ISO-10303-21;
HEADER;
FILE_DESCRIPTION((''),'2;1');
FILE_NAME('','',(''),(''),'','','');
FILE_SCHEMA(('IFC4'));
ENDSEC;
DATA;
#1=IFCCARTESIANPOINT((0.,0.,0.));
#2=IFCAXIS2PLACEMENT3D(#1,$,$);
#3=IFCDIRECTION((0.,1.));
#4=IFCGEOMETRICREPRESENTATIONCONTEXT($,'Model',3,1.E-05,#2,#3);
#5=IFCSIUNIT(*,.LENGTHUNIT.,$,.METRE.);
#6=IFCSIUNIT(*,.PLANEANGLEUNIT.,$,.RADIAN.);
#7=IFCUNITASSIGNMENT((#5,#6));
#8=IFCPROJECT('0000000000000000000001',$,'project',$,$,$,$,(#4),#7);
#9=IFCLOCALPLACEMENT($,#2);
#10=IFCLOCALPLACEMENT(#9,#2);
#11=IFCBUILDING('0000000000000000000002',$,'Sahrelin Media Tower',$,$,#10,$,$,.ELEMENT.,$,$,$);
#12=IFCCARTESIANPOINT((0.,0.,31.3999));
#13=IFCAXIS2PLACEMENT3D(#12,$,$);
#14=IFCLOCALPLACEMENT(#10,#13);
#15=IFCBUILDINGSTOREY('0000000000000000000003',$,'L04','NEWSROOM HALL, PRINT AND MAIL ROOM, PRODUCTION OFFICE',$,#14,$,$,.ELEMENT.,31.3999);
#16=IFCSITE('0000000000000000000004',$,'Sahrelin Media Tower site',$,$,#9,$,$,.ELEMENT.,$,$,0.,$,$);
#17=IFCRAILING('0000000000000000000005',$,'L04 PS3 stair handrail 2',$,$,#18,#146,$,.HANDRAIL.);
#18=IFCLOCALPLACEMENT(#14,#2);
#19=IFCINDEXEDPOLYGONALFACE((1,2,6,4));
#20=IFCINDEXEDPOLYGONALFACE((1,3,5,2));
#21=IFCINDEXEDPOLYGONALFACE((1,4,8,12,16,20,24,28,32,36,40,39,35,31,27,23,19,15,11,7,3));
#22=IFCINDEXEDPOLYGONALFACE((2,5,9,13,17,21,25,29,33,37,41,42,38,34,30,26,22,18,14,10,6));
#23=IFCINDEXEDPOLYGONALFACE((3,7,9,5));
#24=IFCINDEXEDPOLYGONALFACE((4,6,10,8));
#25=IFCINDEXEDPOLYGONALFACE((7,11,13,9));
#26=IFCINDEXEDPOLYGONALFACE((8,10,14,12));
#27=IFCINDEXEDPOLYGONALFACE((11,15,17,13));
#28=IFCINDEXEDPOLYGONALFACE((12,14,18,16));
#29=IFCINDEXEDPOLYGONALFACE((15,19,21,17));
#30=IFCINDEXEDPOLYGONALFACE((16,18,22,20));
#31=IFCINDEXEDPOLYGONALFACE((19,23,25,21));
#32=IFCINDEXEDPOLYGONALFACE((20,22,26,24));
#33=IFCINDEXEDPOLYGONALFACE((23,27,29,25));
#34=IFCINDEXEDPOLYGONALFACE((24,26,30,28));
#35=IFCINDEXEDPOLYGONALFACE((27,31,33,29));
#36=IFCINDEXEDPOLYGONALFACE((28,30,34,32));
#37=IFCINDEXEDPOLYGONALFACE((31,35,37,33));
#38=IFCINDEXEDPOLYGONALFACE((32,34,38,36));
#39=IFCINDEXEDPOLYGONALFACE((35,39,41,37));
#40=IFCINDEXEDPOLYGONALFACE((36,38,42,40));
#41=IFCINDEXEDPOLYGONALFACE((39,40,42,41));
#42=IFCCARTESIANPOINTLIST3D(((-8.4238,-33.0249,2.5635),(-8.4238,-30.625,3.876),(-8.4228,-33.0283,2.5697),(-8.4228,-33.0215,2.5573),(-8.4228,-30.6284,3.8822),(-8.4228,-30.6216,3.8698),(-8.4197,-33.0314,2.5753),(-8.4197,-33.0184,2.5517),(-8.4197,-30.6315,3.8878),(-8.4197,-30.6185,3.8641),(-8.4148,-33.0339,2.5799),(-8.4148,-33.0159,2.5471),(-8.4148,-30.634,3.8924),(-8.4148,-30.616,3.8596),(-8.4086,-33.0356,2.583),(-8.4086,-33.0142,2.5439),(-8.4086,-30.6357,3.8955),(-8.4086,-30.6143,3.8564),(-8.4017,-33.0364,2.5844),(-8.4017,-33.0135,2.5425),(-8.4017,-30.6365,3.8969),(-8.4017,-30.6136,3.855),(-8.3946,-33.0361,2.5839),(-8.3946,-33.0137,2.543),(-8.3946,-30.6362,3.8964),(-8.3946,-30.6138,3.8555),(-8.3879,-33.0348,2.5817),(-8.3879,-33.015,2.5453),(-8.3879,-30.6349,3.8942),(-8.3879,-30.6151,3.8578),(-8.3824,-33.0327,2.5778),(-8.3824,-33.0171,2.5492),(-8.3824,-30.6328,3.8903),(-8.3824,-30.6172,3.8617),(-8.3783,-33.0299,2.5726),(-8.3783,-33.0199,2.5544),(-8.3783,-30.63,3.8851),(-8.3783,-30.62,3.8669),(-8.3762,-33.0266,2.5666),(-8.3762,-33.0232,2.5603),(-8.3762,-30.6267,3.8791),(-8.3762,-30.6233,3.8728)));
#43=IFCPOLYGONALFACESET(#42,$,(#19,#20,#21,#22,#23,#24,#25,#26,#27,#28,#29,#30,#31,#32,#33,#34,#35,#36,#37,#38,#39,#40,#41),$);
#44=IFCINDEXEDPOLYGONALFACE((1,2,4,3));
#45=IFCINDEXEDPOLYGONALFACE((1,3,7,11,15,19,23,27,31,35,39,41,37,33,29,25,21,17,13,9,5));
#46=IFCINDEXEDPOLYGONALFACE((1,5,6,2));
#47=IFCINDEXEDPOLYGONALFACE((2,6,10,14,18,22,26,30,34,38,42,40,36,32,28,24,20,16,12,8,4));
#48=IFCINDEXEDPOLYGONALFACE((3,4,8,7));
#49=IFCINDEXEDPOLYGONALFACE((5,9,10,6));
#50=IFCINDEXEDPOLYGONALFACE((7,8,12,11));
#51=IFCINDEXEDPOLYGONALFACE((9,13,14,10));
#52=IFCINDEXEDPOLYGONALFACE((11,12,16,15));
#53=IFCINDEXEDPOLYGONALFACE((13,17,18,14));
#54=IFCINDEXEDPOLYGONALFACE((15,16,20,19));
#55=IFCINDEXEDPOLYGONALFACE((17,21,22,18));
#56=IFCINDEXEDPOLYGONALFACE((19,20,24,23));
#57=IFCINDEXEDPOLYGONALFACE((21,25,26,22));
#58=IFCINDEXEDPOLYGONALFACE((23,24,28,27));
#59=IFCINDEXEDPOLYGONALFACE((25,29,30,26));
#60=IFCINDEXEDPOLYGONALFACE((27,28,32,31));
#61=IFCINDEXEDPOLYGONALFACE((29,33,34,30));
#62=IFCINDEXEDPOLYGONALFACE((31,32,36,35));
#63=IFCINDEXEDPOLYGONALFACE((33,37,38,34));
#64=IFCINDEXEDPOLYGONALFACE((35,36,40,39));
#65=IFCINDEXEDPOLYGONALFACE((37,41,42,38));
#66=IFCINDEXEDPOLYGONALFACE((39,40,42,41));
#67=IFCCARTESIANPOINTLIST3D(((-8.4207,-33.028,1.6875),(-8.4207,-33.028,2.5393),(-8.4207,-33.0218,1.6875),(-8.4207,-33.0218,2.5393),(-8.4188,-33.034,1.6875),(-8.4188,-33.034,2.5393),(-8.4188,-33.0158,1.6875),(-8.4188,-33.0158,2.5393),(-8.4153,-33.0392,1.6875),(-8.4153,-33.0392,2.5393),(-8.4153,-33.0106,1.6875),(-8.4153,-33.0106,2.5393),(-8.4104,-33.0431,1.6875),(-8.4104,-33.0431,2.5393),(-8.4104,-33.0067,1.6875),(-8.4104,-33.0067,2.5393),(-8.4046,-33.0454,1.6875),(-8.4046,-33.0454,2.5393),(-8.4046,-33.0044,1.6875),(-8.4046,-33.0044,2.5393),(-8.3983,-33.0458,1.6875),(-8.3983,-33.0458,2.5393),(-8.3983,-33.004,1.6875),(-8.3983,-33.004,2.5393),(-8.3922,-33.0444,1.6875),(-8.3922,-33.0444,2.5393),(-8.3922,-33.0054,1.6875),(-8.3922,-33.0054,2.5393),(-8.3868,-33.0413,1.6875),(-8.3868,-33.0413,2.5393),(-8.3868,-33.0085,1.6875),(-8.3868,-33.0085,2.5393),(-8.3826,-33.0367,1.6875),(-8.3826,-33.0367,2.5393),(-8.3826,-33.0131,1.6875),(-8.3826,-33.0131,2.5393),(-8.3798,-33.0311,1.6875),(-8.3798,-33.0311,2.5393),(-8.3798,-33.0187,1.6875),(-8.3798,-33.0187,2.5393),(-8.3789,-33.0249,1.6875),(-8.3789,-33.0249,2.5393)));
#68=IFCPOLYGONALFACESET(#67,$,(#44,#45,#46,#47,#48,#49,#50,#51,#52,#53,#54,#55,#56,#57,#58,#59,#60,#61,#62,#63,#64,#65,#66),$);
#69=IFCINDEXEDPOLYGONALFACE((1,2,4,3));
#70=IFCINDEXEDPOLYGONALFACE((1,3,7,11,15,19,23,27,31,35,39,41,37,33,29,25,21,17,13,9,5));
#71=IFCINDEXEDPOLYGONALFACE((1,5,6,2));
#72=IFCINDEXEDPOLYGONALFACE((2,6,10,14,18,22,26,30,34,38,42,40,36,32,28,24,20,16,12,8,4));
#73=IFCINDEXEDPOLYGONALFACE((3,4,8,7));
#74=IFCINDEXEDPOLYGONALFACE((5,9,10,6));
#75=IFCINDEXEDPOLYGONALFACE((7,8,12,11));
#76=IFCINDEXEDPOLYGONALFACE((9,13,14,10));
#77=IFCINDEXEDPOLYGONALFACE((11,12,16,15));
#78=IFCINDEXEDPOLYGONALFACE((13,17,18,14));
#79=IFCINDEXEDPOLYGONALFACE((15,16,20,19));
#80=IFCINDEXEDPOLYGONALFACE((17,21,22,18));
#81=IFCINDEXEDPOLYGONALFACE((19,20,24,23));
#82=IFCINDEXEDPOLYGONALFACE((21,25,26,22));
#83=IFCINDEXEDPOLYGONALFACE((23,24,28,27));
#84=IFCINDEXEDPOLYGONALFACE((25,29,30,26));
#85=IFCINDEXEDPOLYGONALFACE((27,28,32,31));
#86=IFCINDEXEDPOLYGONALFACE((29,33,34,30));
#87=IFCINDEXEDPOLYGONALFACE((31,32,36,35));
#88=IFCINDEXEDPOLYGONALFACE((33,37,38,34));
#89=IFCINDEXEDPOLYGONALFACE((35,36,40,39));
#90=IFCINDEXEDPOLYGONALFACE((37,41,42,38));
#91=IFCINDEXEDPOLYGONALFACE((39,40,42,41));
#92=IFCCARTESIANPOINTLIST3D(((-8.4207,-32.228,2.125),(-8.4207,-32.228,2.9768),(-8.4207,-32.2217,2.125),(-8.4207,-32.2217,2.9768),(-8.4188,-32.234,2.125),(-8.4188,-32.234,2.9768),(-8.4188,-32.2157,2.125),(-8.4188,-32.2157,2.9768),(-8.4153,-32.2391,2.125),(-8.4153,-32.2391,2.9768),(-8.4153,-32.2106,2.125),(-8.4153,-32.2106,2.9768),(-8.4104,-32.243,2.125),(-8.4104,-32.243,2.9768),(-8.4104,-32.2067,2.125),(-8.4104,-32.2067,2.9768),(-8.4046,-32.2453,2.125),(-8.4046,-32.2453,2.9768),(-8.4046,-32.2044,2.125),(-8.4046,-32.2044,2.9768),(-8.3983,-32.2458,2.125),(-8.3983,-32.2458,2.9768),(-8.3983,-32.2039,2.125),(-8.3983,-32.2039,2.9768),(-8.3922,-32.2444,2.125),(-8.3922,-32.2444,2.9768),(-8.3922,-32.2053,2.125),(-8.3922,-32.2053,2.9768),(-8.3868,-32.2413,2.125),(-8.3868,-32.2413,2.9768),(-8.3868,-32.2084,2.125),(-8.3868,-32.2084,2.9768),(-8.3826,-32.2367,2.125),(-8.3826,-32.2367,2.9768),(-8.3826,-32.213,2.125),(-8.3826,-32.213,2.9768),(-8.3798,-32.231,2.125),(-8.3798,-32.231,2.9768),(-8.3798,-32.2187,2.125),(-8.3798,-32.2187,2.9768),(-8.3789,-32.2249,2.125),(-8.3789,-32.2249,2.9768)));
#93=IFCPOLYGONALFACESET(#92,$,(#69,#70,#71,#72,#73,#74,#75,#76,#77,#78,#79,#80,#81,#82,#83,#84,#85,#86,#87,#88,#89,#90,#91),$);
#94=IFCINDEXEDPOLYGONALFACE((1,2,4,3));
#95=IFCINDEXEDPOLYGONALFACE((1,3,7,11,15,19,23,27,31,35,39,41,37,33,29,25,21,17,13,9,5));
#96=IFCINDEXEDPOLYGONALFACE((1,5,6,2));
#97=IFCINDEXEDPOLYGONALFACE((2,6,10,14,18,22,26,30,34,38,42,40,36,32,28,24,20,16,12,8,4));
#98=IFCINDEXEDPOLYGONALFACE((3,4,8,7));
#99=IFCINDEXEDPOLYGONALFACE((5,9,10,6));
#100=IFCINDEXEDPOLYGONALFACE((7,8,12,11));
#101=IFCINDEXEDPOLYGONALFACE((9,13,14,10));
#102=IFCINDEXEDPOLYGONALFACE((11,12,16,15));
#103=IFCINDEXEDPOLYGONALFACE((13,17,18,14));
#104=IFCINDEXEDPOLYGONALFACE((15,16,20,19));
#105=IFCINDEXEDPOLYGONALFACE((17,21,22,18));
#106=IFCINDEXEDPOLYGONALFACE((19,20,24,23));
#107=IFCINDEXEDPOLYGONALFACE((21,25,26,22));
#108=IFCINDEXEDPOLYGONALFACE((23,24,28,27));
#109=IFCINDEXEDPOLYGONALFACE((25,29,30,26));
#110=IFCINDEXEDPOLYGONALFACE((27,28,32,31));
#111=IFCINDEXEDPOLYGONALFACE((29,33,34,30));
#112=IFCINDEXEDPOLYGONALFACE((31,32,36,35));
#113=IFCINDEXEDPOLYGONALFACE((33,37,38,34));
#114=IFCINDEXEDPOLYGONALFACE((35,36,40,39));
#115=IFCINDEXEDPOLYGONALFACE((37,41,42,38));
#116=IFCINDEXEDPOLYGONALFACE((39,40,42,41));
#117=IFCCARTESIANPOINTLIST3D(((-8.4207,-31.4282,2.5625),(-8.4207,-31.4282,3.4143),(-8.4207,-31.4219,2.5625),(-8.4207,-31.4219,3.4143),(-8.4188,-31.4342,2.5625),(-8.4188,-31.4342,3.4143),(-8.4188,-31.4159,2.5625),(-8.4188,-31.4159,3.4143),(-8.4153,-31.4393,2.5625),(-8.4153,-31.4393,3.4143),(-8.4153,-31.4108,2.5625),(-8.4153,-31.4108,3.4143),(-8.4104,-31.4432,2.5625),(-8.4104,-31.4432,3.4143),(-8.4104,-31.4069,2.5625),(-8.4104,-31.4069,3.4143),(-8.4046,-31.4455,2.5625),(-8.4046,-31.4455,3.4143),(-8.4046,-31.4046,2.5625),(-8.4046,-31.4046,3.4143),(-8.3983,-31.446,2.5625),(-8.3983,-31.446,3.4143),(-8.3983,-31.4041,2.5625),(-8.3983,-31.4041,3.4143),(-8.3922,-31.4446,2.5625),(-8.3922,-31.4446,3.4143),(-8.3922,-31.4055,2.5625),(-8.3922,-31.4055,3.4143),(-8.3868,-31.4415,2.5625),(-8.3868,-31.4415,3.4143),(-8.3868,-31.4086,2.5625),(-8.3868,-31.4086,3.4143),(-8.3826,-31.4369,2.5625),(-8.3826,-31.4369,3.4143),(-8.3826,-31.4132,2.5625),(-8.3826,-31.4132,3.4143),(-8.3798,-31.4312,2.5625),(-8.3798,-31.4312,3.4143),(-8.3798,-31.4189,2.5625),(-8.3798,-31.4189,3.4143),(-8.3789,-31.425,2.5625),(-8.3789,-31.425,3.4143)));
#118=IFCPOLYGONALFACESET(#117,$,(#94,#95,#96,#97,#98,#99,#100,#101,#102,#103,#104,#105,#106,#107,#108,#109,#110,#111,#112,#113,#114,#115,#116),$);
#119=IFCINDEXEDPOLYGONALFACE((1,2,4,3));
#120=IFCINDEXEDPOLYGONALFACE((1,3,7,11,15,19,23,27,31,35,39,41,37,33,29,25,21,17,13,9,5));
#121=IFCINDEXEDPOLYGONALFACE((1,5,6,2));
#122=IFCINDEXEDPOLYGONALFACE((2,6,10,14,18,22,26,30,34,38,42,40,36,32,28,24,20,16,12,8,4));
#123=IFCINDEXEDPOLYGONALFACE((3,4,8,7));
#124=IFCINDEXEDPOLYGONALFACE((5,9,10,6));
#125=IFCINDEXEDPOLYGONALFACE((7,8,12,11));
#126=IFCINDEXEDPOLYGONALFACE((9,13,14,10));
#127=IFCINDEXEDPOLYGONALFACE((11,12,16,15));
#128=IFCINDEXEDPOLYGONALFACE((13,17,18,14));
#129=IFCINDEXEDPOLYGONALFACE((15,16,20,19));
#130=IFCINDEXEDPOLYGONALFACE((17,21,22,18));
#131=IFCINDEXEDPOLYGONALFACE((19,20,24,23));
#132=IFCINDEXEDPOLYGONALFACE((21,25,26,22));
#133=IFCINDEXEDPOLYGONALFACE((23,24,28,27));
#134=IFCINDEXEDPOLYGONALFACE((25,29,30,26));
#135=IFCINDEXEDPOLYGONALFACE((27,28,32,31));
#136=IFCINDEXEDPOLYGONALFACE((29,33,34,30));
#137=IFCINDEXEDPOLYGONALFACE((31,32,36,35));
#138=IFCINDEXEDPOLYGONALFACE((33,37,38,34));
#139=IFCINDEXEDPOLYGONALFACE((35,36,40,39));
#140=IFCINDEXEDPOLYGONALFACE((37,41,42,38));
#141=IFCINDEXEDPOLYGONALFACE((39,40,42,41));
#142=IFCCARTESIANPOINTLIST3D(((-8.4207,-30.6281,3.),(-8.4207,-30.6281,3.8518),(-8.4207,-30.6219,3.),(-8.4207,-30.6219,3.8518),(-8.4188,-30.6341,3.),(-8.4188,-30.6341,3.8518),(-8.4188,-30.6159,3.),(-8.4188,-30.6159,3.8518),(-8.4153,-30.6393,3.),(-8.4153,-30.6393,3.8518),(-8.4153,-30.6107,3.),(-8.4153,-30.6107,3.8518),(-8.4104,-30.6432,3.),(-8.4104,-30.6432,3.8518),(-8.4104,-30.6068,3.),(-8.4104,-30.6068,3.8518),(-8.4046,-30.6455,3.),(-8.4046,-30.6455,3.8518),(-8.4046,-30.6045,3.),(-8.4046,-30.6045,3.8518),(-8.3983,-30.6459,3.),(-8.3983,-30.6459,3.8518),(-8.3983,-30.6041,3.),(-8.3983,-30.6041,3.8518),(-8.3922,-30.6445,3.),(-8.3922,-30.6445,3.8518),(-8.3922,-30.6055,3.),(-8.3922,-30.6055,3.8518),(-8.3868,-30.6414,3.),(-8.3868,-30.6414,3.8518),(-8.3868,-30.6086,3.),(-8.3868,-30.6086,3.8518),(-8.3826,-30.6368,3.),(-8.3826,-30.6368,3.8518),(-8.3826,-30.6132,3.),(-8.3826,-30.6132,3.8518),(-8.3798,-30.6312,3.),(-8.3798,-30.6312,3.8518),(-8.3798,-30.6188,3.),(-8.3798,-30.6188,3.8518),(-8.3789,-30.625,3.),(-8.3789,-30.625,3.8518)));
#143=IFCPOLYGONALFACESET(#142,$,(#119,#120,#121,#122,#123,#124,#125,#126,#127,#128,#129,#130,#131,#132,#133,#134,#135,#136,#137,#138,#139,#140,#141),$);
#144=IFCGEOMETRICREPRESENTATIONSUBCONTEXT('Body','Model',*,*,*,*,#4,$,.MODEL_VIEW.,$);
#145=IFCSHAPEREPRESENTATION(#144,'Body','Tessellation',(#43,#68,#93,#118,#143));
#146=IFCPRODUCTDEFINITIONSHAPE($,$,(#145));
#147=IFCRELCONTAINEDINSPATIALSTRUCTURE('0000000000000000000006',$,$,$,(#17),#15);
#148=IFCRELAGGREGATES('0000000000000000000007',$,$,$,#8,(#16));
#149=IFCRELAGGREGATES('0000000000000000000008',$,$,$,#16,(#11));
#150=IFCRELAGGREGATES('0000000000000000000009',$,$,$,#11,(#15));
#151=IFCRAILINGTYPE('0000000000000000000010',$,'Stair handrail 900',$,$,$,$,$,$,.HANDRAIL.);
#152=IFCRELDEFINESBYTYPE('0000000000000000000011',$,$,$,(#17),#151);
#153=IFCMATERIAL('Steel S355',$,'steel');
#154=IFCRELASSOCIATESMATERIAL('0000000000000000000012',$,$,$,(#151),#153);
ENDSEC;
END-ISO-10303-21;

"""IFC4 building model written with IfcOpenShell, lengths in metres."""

from ifc_helpers import new_model, si_unit, direction, frame, origin, origin_2d, place, context, subcontext, project, spatial, circle, extrude, material, type_object, element, save


model = new_model("IFC4")

# Units and contexts
model_context = context("Model", 3, precision=1e-05, world=origin(), true_north=direction((0.0, 1.0)))
body_context = subcontext(model_context, "Body", "Model", "MODEL_VIEW")
ifc_project = project(units=[si_unit("LENGTHUNIT", "METRE"), si_unit("PLANEANGLEUNIT", "RADIAN")], contexts=[model_context])

# Site, building, storey
site_placement = place(None, origin())
site = spatial("IfcSite", under=ifc_project, at=site_placement, Name="Sahrelin Media Tower site", CompositionType="ELEMENT", RefElevation=0.0)
building_placement = place(site_placement, origin())
building = spatial("IfcBuilding", under=site, at=building_placement, Name="Sahrelin Media Tower", CompositionType="ELEMENT")
storey_placement = place(building_placement, frame((0.0, 0.0, 31.3999)))
storey = spatial("IfcBuildingStorey", under=building, at=storey_placement, Name="L04", Description="NEWSROOM HALL, PRINT AND MAIL ROOM, PRODUCTION OFFICE", CompositionType="ELEMENT", Elevation=31.3999)

# Shared definitions
ifc_material_1 = material(Name="Steel S355", Category="steel")

# Railing
railing_type_1 = type_object("IfcRailingType", Name="Stair handrail 900", PredefinedType="HANDRAIL", material=ifc_material_1)
for number, where, name in (
    (1, (-8.3999, -33.0249, 1.6875), "L04 PS3 stair handrail 2"),
):
    element("IfcRailing", number, at=place(storey_placement, frame(where)), inside=storey, type_object=railing_type_1, Name=name, PredefinedType="HANDRAIL", context=body_context, shape_type="SweptSolid", body=[
        extrude(circle(Radius=0.0239, at=origin_2d()), frame((0.0, 0.0, 0.876), z_axis=(0.0, 0.877363, 0.479827), x_axis=(-1.0, 0.0, 0.0)), (0.0, 0.0, 1.0), 2.7354),
        extrude(circle(Radius=0.021, at=origin_2d()), origin(), (0.0, 0.0, 1.0), 0.8518),
        extrude(circle(Radius=0.021, at=origin_2d()), frame((0.0, 0.8, 0.4375)), (0.0, 0.0, 1.0), 0.8518),
        extrude(circle(Radius=0.021, at=origin_2d()), frame((0.0, 1.5999, 0.875)), (0.0, 0.0, 1.0), 0.8518),
        extrude(circle(Radius=0.021, at=origin_2d()), frame((0.0, 2.3999, 1.3125)), (0.0, 0.0, 1.0), 0.8518),
    ])

save(model, "model.ifc")
